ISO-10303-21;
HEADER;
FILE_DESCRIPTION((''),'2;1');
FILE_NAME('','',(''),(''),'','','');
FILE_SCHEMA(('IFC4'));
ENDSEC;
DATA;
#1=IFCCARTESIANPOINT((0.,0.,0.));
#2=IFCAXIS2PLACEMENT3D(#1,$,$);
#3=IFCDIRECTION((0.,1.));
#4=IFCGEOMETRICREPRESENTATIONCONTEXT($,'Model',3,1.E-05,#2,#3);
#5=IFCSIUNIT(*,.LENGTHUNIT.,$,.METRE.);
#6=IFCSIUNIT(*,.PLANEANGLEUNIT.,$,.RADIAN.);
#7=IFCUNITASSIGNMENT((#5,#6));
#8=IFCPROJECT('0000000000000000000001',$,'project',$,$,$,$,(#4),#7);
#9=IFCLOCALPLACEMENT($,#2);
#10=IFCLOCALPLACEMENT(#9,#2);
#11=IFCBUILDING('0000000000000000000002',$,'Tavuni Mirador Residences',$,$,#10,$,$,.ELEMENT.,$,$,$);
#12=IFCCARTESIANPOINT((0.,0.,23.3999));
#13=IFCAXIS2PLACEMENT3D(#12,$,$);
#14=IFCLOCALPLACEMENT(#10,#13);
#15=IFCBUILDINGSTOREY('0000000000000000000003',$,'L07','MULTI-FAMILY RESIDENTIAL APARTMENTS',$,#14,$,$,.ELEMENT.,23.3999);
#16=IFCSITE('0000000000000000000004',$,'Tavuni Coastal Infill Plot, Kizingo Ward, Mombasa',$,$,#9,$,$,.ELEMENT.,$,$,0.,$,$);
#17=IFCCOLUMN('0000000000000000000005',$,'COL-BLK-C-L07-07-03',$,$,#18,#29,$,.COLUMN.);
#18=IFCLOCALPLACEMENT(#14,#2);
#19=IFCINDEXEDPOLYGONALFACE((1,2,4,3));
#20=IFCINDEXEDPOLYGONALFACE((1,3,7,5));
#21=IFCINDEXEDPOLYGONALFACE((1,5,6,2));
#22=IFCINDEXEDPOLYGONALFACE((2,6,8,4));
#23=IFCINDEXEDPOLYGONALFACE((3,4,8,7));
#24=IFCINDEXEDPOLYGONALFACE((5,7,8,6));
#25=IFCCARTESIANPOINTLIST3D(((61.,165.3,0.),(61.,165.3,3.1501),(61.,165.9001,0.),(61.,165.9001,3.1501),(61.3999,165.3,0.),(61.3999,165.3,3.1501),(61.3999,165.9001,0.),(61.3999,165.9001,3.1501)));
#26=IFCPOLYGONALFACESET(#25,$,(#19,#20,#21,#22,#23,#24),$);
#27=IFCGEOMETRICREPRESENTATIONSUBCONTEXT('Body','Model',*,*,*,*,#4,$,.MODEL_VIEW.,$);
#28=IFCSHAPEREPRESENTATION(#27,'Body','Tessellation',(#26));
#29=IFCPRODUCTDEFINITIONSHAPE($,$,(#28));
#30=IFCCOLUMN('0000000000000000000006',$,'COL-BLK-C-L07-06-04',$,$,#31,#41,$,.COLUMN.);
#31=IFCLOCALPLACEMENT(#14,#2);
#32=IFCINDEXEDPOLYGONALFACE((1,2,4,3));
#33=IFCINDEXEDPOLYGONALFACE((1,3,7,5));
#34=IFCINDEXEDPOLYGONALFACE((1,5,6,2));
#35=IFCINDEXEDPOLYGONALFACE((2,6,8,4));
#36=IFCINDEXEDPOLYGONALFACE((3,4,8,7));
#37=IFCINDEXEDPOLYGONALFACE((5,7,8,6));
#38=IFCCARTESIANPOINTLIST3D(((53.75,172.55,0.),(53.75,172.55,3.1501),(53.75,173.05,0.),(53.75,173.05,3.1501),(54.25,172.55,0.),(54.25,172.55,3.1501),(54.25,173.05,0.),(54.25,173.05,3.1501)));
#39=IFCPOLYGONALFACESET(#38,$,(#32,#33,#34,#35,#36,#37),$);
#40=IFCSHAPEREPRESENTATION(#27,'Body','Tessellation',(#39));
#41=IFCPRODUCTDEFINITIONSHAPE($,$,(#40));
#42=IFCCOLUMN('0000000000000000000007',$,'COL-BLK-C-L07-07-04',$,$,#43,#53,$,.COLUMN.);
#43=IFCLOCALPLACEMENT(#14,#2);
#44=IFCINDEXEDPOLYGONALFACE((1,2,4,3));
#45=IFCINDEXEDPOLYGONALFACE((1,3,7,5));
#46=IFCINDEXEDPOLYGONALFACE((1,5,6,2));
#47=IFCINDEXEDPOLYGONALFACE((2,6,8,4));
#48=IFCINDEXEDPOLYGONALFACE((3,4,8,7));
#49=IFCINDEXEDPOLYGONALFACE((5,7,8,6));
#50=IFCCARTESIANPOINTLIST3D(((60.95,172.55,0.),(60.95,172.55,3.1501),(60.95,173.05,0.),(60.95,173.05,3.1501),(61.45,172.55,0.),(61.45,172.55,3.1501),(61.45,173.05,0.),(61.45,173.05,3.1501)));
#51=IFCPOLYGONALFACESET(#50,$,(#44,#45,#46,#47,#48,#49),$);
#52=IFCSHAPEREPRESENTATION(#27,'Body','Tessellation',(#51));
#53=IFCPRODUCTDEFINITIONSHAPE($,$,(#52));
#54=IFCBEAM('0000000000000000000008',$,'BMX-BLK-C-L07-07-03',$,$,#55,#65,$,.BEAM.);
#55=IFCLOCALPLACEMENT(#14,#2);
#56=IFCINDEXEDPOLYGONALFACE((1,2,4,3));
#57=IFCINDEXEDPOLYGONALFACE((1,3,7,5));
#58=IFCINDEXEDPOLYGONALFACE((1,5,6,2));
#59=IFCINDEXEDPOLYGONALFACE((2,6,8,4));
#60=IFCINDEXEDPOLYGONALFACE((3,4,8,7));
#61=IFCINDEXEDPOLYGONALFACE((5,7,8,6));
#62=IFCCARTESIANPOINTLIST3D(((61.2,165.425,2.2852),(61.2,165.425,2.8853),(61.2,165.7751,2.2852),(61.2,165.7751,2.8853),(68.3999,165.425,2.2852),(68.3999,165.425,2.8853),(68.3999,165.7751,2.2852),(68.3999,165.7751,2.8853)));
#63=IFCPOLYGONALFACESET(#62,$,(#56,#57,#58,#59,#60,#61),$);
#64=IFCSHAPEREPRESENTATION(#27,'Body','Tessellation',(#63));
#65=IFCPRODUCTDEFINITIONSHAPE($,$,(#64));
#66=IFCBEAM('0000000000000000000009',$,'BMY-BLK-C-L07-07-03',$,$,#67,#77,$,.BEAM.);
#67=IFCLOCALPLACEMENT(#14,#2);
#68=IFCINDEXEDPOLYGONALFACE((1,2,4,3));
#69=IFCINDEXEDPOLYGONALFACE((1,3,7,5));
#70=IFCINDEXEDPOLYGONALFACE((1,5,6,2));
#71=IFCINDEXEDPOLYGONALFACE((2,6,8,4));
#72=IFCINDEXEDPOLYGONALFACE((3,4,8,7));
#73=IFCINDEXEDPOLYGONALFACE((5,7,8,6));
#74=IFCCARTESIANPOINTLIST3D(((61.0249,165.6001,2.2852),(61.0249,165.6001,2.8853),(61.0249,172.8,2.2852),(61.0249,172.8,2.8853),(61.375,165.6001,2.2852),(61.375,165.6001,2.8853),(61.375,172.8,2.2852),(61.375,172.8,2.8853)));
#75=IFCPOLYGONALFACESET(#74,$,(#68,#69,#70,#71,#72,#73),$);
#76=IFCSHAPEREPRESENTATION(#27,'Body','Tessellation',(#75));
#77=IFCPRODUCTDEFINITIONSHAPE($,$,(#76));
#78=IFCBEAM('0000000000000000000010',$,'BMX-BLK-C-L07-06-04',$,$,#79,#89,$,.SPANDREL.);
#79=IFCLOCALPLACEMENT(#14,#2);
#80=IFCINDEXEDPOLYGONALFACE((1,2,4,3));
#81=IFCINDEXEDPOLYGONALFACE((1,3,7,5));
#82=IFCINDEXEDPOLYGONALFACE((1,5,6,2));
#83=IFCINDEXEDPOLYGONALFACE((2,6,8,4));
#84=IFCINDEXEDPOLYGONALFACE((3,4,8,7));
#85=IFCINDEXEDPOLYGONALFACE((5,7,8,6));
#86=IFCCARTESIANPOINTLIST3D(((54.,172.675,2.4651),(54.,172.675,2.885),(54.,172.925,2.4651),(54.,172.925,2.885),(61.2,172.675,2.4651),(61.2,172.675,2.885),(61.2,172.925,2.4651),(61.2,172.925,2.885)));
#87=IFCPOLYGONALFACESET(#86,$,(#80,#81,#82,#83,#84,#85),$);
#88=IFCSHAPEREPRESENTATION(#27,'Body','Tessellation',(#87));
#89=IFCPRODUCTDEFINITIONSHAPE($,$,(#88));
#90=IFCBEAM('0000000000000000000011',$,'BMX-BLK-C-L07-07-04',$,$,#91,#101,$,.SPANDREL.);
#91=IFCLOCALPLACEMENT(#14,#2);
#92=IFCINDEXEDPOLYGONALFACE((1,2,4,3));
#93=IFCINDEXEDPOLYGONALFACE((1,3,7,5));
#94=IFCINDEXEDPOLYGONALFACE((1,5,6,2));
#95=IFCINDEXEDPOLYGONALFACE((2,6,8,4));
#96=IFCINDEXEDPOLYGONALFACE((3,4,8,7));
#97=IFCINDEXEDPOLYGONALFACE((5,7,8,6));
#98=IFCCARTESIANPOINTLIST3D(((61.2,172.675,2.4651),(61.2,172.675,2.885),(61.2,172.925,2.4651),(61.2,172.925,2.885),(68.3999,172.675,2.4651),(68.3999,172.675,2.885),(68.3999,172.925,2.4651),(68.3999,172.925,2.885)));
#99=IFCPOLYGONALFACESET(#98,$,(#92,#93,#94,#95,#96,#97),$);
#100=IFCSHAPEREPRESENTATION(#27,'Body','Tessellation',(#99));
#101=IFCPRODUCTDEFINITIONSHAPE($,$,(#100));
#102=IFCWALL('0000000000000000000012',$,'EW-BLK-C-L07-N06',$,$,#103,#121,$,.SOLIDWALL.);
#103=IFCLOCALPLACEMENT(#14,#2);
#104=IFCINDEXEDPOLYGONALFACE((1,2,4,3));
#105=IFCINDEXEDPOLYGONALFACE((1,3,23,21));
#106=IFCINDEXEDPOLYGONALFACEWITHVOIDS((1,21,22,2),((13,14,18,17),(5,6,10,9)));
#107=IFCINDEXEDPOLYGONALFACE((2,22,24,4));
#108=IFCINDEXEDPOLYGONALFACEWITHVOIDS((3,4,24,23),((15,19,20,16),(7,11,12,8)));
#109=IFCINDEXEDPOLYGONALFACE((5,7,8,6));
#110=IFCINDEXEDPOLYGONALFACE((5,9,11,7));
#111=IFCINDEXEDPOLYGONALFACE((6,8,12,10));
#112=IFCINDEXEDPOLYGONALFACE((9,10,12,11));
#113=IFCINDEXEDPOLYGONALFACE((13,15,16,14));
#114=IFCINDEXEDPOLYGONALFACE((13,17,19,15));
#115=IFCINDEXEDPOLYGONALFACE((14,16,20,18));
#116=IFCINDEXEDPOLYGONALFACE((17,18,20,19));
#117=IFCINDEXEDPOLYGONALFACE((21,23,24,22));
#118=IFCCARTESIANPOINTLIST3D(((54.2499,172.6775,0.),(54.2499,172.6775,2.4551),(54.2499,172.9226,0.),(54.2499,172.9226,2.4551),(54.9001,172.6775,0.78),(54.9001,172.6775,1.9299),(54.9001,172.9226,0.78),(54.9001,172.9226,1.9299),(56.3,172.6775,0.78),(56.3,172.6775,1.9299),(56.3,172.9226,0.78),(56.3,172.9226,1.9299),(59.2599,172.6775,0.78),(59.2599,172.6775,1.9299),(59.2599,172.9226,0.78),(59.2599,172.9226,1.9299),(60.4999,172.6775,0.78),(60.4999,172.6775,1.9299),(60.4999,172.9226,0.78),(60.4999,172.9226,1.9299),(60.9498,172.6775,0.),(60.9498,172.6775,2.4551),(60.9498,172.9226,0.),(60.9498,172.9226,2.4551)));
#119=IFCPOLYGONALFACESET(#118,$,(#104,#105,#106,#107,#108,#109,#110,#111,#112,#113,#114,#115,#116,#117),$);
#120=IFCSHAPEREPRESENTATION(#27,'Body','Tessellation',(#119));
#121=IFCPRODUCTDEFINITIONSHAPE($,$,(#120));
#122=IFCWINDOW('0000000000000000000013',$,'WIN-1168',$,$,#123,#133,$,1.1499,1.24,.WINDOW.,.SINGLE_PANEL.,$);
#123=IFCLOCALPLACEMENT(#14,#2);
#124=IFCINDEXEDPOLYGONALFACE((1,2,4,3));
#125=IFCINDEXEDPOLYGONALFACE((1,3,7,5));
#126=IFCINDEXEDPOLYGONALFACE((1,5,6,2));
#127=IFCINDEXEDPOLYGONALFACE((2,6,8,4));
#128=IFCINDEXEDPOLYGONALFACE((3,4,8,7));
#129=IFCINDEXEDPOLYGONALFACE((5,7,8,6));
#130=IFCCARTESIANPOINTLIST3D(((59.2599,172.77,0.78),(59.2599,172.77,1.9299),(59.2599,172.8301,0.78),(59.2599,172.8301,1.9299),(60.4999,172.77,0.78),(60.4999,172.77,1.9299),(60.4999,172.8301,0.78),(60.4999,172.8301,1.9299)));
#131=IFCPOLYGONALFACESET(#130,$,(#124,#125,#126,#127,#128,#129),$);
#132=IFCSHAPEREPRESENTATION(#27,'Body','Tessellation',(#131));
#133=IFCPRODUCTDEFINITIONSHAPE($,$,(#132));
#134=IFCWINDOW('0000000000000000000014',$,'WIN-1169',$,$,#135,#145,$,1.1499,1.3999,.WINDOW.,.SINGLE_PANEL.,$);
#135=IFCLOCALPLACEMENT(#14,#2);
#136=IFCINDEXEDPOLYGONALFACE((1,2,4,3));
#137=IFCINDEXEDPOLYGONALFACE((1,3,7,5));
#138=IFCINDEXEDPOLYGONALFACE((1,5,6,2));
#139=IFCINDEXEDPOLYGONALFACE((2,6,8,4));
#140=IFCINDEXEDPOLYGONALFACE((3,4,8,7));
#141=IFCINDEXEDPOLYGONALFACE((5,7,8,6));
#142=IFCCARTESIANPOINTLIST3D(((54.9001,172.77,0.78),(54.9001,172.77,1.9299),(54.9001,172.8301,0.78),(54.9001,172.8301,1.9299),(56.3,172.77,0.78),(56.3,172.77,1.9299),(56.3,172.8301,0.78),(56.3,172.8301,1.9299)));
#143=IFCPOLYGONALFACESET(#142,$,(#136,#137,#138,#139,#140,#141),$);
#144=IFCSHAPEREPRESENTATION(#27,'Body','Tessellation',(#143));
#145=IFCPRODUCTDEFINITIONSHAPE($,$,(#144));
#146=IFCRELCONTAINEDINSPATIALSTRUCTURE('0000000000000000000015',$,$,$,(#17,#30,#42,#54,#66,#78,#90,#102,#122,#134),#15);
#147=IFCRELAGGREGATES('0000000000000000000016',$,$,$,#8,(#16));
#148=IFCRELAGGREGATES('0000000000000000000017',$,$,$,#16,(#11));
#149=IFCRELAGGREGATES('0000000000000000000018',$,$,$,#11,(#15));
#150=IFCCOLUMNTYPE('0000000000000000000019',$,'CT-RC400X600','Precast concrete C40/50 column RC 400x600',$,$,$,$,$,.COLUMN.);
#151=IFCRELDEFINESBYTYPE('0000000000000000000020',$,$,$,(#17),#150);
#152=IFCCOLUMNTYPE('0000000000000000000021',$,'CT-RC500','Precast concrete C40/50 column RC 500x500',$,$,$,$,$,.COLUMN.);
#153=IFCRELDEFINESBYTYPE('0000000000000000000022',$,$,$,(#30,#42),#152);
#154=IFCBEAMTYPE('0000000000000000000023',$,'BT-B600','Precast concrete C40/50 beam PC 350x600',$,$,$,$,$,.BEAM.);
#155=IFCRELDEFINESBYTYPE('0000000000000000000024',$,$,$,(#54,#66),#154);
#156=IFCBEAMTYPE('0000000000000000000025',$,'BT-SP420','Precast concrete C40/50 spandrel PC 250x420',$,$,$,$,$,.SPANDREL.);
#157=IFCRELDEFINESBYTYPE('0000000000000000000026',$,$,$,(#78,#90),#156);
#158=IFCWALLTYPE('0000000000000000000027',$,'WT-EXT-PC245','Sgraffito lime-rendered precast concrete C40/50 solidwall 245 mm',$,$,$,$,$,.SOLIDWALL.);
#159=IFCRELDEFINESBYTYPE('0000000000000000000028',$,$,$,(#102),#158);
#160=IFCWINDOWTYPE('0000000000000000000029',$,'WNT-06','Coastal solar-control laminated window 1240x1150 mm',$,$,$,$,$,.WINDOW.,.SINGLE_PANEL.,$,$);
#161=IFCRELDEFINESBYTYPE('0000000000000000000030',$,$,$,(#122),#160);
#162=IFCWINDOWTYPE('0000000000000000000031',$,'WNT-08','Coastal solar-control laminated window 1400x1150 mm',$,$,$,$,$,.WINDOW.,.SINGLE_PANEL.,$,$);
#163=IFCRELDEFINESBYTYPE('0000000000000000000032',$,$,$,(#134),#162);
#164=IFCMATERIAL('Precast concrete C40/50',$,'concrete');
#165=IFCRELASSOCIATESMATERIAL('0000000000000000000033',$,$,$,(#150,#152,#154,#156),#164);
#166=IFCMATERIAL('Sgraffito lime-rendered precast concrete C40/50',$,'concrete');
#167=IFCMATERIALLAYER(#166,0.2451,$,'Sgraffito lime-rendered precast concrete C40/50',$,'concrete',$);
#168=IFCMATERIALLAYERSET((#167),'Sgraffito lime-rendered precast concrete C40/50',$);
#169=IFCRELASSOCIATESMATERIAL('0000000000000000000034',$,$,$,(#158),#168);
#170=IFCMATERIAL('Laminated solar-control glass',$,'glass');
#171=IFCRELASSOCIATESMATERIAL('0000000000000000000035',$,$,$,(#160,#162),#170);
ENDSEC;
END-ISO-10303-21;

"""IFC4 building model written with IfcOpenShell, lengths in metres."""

from ifc_helpers import new_model, si_unit, direction, frame, frame_2d, origin, origin_2d, place, context, subcontext, project, spatial, rectangle, extrude, material, layer, layer_set, material_profile, profile_set, type_object, element, fill, save


model = new_model("IFC4")

# Units and contexts
model_context = context("Model", 3, precision=1e-05, world=origin(), true_north=direction((0.0, 1.0)))
body_context = subcontext(model_context, "Body", "Model", "MODEL_VIEW")
ifc_project = project(units=[si_unit("LENGTHUNIT", "METRE"), si_unit("PLANEANGLEUNIT", "RADIAN")], contexts=[model_context])

# Site, building, storey
site_placement = place(None, origin())
site = spatial("IfcSite", under=ifc_project, at=site_placement, Name="Tavuni Coastal Infill Plot, Kizingo Ward, Mombasa", CompositionType="ELEMENT", RefElevation=0.0)
building_placement = place(site_placement, origin())
building = spatial("IfcBuilding", under=site, at=building_placement, Name="Tavuni Mirador Residences", CompositionType="ELEMENT")
storey_placement = place(building_placement, frame((0.0, 0.0, 23.3999)))
storey = spatial("IfcBuildingStorey", under=building, at=storey_placement, Name="L07", Description="MULTI-FAMILY RESIDENTIAL APARTMENTS", CompositionType="ELEMENT", Elevation=23.3999)

# Columns
ifc_material_1 = material(Name="Precast concrete C40/50", Category="concrete")
ifc_material_profile_1 = material_profile(ifc_material_1, rectangle(XDim=0.3999, YDim=0.6001, at=origin_2d()), Name="RC 400x600", Category="concrete")
ifc_profile_set_1 = profile_set([ifc_material_profile_1], Name="Precast concrete C40/50")
column_type_1 = type_object("IfcColumnType", Name="CT-RC400X600", Description="Precast concrete C40/50 column RC 400x600", PredefinedType="COLUMN", material=ifc_profile_set_1)
column_placement = place(storey_placement, frame((61.2, 165.6001, 0.0), z_axis=(0.0, 0.0, 1.0), x_axis=(1.0, 0.0, 0.0)))
element("IfcColumn", 1, at=column_placement, inside=storey, type_object=column_type_1, Name="COL-BLK-C-L07-07-03", PredefinedType="COLUMN", context=body_context, shape_type="SweptSolid", body=[
    extrude(rectangle(XDim=0.3999, YDim=0.6001, at=origin_2d()), origin(), (0.0, 0.0, 1.0), 3.1501),
])
ifc_material_profile_2 = material_profile(ifc_material_1, rectangle(XDim=0.5, YDim=0.5, at=origin_2d()), Name="RC 500x500", Category="concrete")
ifc_profile_set_2 = profile_set([ifc_material_profile_2], Name="Precast concrete C40/50")
column_type_2 = type_object("IfcColumnType", Name="CT-RC500", Description="Precast concrete C40/50 column RC 500x500", PredefinedType="COLUMN", material=ifc_profile_set_2)
for number, where, z_axis, x_axis, name in (
    (2, (54.0, 172.8, 0.0), (0.0, 0.0, 1.0), (1.0, 0.0, 0.0), "COL-BLK-C-L07-06-04"),
    (3, (61.2, 172.8, 0.0), (0.0, 0.0, 1.0), (1.0, 0.0, 0.0), "COL-BLK-C-L07-07-04"),
):
    element("IfcColumn", number, at=place(storey_placement, frame(where, z_axis=z_axis, x_axis=x_axis)), inside=storey, type_object=column_type_2, Name=name, PredefinedType="COLUMN", context=body_context, shape_type="SweptSolid", body=[
        extrude(rectangle(XDim=0.5, YDim=0.5, at=origin_2d()), origin(), (0.0, 0.0, 1.0), 3.1501),
    ])

# Beams
ifc_material_profile_3 = material_profile(ifc_material_1, rectangle(XDim=0.3501, YDim=0.6001, at=origin_2d()), Name="PC 350x600", Category="concrete")
ifc_profile_set_3 = profile_set([ifc_material_profile_3], Name="Precast concrete C40/50")
beam_type_1 = type_object("IfcBeamType", Name="BT-B600", Description="Precast concrete C40/50 beam PC 350x600", PredefinedType="BEAM", material=ifc_profile_set_3)
for number, where, z_axis, x_axis, name in (
    (4, (61.2, 165.6001, 2.5852), (1.0, 0.0, 0.0), (0.0, 1.0, 0.0), "BMX-BLK-C-L07-07-03"),
    (5, (61.2, 165.6001, 2.5852), (0.0, 1.0, 0.0), (-1.0, 0.0, 0.0), "BMY-BLK-C-L07-07-03"),
):
    element("IfcBeam", number, at=place(storey_placement, frame(where, z_axis=z_axis, x_axis=x_axis)), inside=storey, type_object=beam_type_1, Name=name, PredefinedType="BEAM", context=body_context, shape_type="SweptSolid", body=[
        extrude(rectangle(XDim=0.3501, YDim=0.6001, at=origin_2d()), origin(), (0.0, 0.0, 1.0), 7.2),
    ])
ifc_material_profile_4 = material_profile(ifc_material_1, rectangle(XDim=0.25, YDim=0.4199, at=origin_2d()), Name="PC 250x420", Category="concrete")
ifc_profile_set_4 = profile_set([ifc_material_profile_4], Name="Precast concrete C40/50")
beam_type_2 = type_object("IfcBeamType", Name="BT-SP420", Description="Precast concrete C40/50 spandrel PC 250x420", PredefinedType="SPANDREL", material=ifc_profile_set_4)
for number, where, z_axis, x_axis, name in (
    (6, (54.0, 172.8, 2.675), (1.0, 0.0, 0.0), (0.0, 1.0, 0.0), "BMX-BLK-C-L07-06-04"),
    (7, (61.2, 172.8, 2.675), (1.0, 0.0, 0.0), (0.0, 1.0, 0.0), "BMX-BLK-C-L07-07-04"),
):
    element("IfcBeam", number, at=place(storey_placement, frame(where, z_axis=z_axis, x_axis=x_axis)), inside=storey, type_object=beam_type_2, Name=name, PredefinedType="SPANDREL", context=body_context, shape_type="SweptSolid", body=[
        extrude(rectangle(XDim=0.25, YDim=0.4199, at=origin_2d()), origin(), (0.0, 0.0, 1.0), 7.2),
    ])

# Wall, openings, windows
ifc_material_2 = material(Name="Sgraffito lime-rendered precast concrete C40/50", Category="concrete")
ifc_layer_1 = layer(ifc_material_2, 0.2451, Name="Sgraffito lime-rendered precast concrete C40/50", Category="concrete")
ifc_layer_set_1 = layer_set([ifc_layer_1], Name="Sgraffito lime-rendered precast concrete C40/50")
wall_type_1 = type_object("IfcWallType", Name="WT-EXT-PC245", Description="Sgraffito lime-rendered precast concrete C40/50 solidwall 245 mm", PredefinedType="SOLIDWALL", material=ifc_layer_set_1)
wall_1_placement = place(storey_placement, frame((60.95, 172.8, 0.0), z_axis=(0.0, 0.0, 1.0), x_axis=(-1.0, 0.0, 0.0)))
wall_1 = element("IfcWall", 8, at=wall_1_placement, inside=storey, type_object=wall_type_1, Name="EW-BLK-C-L07-N06", PredefinedType="SOLIDWALL", context=body_context, shape_type="SweptSolid", body=[
    extrude(rectangle(XDim=6.7, YDim=0.2451, at=frame_2d((3.3501, 0.0))), origin(), (0.0, 0.0, 1.0), 2.4551),
])
opening_1_placement = place(wall_1_placement, frame((0.45, 0.0, 0.78)))
opening_1 = element("IfcOpeningElement", 9, at=opening_1_placement, cuts=wall_1, PredefinedType="OPENING", context=body_context, shape_type="SweptSolid", body=[
    extrude(rectangle(XDim=1.24, YDim=1.1499, at=frame_2d((0.6201, 0.575))), frame((0.0, 0.1326, 0.0), z_axis=(0.0, -1.0, 0.0), x_axis=(1.0, 0.0, 0.0)), (0.0, 0.0, 1.0), 0.2651),
])
opening_2_placement = place(wall_1_placement, frame((4.6499, 0.0, 0.78)))
opening_2 = element("IfcOpeningElement", 10, at=opening_2_placement, cuts=wall_1, PredefinedType="OPENING", context=body_context, shape_type="SweptSolid", body=[
    extrude(rectangle(XDim=1.3999, YDim=1.1499, at=frame_2d((0.7, 0.575))), frame((0.0, 0.1326, 0.0), z_axis=(0.0, -1.0, 0.0), x_axis=(1.0, 0.0, 0.0)), (0.0, 0.0, 1.0), 0.2651),
])
ifc_material_3 = material(Name="Laminated solar-control glass", Category="glass")
window_type_1 = type_object("IfcWindowType", Name="WNT-06", Description="Coastal solar-control laminated window 1240x1150 mm", PartitioningType="SINGLE_PANEL", PredefinedType="WINDOW", material=ifc_material_3)
window_1_placement = place(opening_1_placement, origin())
window_1 = element("IfcWindow", 11, at=window_1_placement, inside=storey, type_object=window_type_1, Name="WIN-1168", OverallHeight=1.1499, OverallWidth=1.24, PartitioningType="SINGLE_PANEL", PredefinedType="WINDOW", context=body_context, shape_type="SweptSolid", body=[
    extrude(rectangle(XDim=1.24, YDim=1.1499, at=frame_2d((0.6201, 0.575))), frame((0.0, 0.03, 0.0), z_axis=(0.0, -1.0, 0.0), x_axis=(1.0, 0.0, 0.0)), (0.0, 0.0, 1.0), 0.0601),
])
fill(opening_1, window_1)
window_type_2 = type_object("IfcWindowType", Name="WNT-08", Description="Coastal solar-control laminated window 1400x1150 mm", PartitioningType="SINGLE_PANEL", PredefinedType="WINDOW", material=ifc_material_3)
window_2_placement = place(opening_2_placement, origin())
window_2 = element("IfcWindow", 12, at=window_2_placement, inside=storey, type_object=window_type_2, Name="WIN-1169", OverallHeight=1.1499, OverallWidth=1.3999, PartitioningType="SINGLE_PANEL", PredefinedType="WINDOW", context=body_context, shape_type="SweptSolid", body=[
    extrude(rectangle(XDim=1.3999, YDim=1.1499, at=frame_2d((0.7, 0.575))), frame((0.0, 0.03, 0.0), z_axis=(0.0, -1.0, 0.0), x_axis=(1.0, 0.0, 0.0)), (0.0, 0.0, 1.0), 0.0601),
])
fill(opening_2, window_2)

save(model, "model.ifc")
